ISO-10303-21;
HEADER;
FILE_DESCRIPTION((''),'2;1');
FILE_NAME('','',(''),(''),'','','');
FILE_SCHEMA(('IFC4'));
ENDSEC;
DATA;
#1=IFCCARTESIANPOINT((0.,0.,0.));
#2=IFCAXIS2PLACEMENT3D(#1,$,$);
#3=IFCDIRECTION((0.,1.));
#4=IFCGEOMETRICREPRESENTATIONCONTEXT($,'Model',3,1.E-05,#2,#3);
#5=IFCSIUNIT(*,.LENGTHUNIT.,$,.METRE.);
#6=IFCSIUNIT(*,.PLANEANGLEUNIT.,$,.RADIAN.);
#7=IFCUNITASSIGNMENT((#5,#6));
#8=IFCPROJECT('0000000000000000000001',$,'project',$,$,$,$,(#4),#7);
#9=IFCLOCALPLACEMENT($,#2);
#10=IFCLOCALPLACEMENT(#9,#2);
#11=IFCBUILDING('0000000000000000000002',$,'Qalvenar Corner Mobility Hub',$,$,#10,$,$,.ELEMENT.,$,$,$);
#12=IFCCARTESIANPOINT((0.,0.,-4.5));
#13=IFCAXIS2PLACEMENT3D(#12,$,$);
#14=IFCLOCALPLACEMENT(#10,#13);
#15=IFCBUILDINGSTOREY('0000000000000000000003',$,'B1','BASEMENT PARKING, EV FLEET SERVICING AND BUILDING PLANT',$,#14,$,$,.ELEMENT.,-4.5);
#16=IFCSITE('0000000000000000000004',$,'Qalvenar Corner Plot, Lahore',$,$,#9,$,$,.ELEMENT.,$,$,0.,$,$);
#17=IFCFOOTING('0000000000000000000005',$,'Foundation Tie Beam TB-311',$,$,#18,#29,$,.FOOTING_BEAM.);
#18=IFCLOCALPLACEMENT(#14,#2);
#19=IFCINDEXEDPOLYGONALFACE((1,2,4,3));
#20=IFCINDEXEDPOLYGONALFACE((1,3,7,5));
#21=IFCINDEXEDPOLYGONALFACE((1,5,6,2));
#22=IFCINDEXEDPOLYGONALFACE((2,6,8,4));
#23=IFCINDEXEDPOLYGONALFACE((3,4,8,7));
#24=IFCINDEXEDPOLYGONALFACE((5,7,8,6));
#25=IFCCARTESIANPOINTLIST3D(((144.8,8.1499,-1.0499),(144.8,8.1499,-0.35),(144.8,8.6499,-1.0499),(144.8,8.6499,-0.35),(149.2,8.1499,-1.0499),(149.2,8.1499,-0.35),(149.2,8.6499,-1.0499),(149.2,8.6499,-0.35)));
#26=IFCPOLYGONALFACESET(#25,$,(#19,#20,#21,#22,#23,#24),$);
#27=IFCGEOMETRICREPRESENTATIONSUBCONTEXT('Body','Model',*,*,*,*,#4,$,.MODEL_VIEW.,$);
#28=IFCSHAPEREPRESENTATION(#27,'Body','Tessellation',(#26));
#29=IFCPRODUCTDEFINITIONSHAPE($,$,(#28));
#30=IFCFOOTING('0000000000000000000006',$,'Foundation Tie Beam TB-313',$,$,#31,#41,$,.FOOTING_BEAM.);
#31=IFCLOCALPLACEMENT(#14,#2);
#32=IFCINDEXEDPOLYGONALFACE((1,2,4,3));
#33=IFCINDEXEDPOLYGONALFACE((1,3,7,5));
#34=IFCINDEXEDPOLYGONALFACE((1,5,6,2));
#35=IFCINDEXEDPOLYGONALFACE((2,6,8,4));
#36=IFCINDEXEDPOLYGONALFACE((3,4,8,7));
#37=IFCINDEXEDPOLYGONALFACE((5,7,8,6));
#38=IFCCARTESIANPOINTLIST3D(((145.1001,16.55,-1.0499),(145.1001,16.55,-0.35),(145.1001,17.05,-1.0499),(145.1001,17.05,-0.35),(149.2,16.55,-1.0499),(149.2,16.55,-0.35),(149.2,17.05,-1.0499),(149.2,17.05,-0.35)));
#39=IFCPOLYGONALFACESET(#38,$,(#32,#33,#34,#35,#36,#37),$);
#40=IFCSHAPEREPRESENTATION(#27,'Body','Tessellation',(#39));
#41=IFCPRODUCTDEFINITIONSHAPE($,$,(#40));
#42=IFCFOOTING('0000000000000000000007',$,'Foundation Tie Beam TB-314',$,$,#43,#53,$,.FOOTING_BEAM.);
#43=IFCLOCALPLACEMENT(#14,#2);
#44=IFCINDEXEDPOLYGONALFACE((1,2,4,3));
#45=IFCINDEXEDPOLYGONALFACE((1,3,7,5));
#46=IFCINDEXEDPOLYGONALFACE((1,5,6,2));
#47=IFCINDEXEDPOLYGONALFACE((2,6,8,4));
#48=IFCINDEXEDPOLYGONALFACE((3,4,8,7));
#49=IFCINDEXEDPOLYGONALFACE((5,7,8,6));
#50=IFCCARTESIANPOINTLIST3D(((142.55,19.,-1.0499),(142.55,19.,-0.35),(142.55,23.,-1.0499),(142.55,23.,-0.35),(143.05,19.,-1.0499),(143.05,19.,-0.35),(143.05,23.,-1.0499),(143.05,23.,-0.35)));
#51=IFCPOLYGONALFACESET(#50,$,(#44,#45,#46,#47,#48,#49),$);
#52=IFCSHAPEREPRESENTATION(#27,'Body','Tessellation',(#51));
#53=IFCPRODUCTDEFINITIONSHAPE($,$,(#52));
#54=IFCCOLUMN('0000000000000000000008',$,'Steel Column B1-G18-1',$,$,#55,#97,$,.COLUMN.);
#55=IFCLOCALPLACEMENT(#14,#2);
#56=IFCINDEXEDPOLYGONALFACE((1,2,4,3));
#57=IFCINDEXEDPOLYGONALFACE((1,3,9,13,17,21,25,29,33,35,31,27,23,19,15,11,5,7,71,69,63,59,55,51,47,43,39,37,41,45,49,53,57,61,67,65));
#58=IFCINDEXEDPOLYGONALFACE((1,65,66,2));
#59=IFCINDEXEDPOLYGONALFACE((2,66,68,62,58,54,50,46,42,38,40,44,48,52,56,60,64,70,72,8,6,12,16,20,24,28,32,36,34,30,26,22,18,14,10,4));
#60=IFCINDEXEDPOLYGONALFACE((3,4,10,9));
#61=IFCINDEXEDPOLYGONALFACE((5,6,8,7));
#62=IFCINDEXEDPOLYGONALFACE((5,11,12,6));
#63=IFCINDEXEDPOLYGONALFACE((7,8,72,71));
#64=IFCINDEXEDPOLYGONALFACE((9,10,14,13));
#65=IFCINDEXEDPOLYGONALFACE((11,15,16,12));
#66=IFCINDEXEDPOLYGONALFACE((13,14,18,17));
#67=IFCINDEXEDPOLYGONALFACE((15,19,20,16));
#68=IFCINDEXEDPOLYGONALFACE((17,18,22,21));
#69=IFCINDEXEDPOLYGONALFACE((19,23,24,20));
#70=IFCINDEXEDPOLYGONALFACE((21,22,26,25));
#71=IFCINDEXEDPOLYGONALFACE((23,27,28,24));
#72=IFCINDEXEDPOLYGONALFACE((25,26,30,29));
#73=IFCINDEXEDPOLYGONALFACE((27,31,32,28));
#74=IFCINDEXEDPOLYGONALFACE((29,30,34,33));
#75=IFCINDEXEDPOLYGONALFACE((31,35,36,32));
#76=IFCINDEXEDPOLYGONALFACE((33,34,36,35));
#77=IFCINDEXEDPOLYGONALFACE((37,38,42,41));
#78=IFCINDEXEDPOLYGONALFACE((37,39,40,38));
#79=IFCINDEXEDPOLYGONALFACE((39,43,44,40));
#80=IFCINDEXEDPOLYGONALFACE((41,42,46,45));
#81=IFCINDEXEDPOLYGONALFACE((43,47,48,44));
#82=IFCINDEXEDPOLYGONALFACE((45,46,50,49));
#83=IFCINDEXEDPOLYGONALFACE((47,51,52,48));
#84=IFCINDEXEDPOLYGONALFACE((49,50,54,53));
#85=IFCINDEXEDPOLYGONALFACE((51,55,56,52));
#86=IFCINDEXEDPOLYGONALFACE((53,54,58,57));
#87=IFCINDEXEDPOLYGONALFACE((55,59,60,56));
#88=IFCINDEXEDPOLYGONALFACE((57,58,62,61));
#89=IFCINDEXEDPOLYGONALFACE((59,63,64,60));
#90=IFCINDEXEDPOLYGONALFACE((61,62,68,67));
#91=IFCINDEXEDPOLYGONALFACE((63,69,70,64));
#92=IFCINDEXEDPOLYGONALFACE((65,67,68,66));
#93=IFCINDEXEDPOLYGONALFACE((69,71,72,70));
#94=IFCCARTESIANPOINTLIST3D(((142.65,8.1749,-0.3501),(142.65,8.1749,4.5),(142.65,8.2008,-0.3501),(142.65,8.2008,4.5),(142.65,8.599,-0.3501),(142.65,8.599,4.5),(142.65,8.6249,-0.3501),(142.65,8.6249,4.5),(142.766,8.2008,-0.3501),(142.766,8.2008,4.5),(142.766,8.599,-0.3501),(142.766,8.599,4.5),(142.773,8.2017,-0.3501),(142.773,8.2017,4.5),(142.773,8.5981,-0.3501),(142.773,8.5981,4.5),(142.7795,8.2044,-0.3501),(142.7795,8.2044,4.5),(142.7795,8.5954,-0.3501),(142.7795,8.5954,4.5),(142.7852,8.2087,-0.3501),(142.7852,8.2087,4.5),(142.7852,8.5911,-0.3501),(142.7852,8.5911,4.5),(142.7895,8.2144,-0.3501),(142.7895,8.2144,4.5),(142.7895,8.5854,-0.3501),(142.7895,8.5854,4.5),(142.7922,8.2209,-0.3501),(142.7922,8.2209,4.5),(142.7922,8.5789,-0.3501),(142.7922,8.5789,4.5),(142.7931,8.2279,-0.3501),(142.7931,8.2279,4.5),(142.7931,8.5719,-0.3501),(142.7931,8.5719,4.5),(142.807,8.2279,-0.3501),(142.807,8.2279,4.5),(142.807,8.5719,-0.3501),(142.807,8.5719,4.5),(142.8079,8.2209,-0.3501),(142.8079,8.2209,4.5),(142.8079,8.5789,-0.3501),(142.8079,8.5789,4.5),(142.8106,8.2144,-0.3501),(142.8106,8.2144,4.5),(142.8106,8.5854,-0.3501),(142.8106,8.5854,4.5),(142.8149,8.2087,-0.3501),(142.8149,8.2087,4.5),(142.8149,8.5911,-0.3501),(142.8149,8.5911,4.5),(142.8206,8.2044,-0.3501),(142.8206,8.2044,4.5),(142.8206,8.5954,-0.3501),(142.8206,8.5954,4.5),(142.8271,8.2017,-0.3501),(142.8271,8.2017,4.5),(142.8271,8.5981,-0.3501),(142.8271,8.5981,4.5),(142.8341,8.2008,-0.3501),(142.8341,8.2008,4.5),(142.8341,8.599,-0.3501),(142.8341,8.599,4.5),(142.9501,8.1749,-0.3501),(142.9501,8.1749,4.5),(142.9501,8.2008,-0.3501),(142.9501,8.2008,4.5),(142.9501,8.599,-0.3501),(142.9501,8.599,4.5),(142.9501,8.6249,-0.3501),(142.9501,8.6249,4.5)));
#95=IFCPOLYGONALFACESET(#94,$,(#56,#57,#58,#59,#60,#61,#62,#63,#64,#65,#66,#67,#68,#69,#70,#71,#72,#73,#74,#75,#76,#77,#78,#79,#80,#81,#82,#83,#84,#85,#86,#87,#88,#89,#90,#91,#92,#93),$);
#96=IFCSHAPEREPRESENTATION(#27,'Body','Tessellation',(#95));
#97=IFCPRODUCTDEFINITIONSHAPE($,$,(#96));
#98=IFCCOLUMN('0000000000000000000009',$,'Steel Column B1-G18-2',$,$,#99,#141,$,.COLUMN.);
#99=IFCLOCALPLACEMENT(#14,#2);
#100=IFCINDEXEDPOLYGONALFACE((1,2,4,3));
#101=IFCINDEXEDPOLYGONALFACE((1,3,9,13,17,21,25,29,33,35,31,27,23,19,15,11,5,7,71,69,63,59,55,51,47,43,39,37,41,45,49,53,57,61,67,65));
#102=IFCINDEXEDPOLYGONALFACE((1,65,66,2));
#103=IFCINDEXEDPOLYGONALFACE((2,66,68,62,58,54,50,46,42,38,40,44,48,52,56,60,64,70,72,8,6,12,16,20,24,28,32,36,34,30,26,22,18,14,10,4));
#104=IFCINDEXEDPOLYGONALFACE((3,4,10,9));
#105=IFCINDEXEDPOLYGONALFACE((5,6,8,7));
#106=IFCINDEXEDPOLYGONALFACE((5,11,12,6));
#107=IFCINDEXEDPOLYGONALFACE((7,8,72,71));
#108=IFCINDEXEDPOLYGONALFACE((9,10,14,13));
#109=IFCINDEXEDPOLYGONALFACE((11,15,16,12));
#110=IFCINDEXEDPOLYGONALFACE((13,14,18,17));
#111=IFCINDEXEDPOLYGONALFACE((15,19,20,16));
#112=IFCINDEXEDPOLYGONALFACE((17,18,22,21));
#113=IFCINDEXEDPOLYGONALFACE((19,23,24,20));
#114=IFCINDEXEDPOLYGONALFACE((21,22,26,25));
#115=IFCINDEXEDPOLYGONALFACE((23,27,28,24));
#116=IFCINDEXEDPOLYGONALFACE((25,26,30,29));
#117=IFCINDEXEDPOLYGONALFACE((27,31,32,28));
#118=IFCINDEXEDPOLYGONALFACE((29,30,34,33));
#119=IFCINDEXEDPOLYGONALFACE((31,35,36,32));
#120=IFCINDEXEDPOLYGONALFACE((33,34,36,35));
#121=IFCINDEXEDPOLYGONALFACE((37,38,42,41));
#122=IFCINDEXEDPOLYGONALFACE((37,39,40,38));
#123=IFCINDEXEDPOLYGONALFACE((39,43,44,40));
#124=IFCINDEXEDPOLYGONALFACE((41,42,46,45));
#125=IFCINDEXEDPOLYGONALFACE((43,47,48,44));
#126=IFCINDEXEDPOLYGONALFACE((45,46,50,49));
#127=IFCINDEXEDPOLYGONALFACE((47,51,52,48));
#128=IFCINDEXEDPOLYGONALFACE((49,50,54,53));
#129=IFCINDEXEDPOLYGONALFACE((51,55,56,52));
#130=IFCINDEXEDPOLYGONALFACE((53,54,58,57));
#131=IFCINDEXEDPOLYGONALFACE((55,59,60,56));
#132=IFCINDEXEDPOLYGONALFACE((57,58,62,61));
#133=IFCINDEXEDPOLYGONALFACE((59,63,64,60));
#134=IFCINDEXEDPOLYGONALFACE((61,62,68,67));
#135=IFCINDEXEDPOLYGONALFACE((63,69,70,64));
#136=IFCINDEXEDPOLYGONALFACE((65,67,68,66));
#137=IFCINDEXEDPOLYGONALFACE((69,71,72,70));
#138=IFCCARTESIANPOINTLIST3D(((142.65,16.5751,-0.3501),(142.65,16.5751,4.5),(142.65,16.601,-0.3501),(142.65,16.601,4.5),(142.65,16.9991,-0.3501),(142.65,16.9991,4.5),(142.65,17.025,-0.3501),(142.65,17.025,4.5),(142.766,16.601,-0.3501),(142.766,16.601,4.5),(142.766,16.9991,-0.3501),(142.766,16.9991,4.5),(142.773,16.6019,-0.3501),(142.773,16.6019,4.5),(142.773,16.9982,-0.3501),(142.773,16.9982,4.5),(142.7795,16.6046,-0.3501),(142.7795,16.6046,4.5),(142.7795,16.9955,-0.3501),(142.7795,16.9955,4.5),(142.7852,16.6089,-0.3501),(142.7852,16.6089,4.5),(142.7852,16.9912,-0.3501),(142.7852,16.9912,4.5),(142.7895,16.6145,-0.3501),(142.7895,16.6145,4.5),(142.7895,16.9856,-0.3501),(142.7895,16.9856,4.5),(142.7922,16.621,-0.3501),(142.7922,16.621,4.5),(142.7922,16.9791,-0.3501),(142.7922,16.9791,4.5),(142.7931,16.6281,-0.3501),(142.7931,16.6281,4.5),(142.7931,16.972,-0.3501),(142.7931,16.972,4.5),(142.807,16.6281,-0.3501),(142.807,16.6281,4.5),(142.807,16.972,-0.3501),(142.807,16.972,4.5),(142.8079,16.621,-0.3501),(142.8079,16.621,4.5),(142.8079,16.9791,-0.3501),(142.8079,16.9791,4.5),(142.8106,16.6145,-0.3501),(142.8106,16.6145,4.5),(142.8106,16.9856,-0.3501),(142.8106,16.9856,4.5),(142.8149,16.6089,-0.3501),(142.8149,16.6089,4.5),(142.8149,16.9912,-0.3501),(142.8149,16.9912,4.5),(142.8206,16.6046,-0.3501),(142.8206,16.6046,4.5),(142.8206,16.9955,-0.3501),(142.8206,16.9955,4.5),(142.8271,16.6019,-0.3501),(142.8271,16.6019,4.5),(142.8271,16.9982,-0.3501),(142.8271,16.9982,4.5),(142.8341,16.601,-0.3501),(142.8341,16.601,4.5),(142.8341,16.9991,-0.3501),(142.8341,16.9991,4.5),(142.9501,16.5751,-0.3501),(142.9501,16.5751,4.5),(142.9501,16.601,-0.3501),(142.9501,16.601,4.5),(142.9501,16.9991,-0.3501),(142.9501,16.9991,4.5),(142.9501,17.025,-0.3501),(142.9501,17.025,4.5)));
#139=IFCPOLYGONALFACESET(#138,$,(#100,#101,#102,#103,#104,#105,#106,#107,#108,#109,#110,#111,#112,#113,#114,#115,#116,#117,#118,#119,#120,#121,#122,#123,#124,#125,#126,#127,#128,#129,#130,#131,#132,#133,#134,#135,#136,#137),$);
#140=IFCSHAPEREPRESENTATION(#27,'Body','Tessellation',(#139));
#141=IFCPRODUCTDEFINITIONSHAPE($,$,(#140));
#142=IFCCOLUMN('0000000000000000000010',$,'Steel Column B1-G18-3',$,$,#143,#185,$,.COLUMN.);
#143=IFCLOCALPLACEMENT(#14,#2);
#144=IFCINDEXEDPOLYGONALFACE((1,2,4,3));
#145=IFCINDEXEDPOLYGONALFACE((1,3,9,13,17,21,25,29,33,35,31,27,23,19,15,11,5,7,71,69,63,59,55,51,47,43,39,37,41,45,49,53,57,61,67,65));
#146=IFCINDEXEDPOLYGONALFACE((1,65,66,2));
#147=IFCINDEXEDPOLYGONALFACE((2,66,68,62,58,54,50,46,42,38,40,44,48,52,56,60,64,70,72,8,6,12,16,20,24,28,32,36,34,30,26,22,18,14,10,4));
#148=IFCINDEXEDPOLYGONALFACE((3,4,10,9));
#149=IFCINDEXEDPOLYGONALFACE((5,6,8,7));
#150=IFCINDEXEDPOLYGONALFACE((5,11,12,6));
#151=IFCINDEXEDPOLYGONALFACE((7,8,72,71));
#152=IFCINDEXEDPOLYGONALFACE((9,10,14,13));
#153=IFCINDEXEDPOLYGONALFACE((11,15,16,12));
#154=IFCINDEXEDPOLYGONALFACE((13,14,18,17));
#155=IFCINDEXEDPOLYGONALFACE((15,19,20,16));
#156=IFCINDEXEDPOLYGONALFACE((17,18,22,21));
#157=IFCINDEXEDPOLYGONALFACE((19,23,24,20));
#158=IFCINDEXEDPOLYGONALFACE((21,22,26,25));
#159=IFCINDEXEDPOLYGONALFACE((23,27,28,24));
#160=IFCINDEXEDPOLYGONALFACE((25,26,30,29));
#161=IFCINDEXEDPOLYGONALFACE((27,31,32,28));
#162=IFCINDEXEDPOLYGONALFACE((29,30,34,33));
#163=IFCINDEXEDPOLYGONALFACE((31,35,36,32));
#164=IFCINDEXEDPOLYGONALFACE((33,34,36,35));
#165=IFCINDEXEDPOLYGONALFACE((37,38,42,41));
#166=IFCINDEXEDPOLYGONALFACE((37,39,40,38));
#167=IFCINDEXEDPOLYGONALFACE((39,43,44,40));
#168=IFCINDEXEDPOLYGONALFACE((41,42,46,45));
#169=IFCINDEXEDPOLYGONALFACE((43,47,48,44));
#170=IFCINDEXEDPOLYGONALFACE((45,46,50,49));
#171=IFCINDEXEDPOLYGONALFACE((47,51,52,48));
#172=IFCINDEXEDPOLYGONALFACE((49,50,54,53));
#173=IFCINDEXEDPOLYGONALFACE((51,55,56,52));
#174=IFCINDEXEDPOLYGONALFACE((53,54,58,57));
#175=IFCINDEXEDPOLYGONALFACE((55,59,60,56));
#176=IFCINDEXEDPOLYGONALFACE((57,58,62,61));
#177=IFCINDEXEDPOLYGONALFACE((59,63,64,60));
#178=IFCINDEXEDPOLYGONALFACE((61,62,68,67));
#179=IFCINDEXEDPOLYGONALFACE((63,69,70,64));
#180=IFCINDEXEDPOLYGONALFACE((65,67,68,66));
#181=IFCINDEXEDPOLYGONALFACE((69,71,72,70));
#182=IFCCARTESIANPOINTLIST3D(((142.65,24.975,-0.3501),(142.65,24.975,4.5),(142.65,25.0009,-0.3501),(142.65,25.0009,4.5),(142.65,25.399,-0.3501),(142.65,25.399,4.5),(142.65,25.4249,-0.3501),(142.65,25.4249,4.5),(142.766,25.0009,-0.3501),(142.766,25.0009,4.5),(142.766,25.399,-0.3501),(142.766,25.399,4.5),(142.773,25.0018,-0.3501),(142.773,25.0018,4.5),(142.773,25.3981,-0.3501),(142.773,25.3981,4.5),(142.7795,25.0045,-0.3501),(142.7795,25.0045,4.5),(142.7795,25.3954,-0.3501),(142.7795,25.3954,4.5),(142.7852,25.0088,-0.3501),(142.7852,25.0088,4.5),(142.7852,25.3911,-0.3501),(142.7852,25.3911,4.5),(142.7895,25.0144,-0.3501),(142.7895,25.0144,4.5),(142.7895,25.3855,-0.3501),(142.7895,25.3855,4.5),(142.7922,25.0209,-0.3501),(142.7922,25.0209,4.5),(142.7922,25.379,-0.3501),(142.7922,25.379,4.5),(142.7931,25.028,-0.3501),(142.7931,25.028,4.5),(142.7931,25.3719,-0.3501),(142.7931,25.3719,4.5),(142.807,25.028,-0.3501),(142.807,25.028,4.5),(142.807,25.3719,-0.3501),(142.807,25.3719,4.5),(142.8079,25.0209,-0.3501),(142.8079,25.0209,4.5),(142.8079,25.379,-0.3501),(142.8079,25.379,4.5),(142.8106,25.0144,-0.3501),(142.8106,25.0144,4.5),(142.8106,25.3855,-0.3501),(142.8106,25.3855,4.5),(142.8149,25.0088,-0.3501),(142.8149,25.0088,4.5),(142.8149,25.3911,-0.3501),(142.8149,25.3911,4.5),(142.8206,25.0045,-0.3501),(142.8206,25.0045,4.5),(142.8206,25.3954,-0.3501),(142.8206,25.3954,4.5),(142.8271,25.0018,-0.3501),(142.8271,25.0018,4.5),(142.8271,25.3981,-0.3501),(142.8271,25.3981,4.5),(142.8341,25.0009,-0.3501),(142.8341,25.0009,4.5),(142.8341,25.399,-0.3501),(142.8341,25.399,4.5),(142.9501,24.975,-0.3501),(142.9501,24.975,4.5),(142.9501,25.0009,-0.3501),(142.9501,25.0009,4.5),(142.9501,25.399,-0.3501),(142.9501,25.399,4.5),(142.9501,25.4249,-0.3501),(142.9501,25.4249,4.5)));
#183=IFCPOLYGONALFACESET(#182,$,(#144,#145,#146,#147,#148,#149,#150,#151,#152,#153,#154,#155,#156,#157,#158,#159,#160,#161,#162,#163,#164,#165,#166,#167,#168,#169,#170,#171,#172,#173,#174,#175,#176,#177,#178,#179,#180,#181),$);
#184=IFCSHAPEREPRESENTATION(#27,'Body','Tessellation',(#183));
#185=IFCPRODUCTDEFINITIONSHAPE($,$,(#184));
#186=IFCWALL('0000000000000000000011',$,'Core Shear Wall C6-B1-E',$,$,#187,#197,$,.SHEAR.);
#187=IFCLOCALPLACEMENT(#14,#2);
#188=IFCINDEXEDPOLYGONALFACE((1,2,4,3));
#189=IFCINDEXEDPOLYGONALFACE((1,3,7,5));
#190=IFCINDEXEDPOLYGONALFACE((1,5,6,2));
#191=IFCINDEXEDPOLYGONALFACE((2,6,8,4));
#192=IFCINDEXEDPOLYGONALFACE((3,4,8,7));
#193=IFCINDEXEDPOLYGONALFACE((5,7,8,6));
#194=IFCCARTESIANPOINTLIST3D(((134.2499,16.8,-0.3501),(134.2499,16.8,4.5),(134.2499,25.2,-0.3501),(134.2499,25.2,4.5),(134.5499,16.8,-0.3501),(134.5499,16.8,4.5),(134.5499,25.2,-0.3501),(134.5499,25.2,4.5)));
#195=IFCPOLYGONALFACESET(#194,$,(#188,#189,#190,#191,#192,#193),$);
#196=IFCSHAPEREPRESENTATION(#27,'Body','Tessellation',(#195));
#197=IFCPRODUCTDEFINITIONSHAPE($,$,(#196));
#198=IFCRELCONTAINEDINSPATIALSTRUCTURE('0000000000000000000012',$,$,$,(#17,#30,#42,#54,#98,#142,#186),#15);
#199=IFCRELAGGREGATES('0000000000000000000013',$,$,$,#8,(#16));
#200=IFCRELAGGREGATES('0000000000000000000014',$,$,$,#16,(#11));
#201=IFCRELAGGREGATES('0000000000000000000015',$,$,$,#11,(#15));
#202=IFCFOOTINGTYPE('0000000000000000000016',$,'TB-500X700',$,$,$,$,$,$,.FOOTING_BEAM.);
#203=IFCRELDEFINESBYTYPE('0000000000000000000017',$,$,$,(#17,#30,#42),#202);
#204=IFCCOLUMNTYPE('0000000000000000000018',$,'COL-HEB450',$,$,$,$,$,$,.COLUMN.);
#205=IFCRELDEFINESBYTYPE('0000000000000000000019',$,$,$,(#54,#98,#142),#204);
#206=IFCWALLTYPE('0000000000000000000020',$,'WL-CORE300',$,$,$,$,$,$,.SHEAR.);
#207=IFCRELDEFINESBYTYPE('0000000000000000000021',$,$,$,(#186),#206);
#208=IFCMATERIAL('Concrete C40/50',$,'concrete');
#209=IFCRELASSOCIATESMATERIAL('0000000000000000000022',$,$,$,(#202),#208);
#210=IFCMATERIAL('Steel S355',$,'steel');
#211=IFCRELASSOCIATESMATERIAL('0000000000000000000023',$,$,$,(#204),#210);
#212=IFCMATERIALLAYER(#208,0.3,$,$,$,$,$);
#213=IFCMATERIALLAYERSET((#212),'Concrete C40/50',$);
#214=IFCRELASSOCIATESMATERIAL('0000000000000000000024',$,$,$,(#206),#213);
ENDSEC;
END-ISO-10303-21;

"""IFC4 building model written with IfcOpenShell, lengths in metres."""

from ifc_helpers import new_model, si_unit, direction, frame, frame_2d, origin, origin_2d, place, context, subcontext, project, spatial, rectangle, i_section, extrude, material, layer, layer_set, material_profile, profile_set, type_object, element, save


model = new_model("IFC4")

# Units and contexts
model_context = context("Model", 3, precision=1e-05, world=origin(), true_north=direction((0.0, 1.0)))
body_context = subcontext(model_context, "Body", "Model", "MODEL_VIEW")
ifc_project = project(units=[si_unit("LENGTHUNIT", "METRE"), si_unit("PLANEANGLEUNIT", "RADIAN")], contexts=[model_context])

# Site, building, storey
site_placement = place(None, origin())
site = spatial("IfcSite", under=ifc_project, at=site_placement, Name="Qalvenar Corner Plot, Lahore", CompositionType="ELEMENT", RefElevation=0.0)
building_placement = place(site_placement, origin())
building = spatial("IfcBuilding", under=site, at=building_placement, Name="Qalvenar Corner Mobility Hub", CompositionType="ELEMENT")
storey_placement = place(building_placement, frame((0.0, 0.0, -4.5)))
storey = spatial("IfcBuildingStorey", under=building, at=storey_placement, Name="B1", Description="BASEMENT PARKING, EV FLEET SERVICING AND BUILDING PLANT", CompositionType="ELEMENT", Elevation=-4.5)

# Shared definitions
ifc_material_1 = material(Name="Concrete C40/50", Category="concrete")

# Footings
ifc_material_profile_1 = material_profile(ifc_material_1, rectangle(XDim=0.5, YDim=0.7, at=origin_2d()), Name="RC500x700")
ifc_profile_set_1 = profile_set([ifc_material_profile_1], Name="Concrete C40/50")
footing_type_1 = type_object("IfcFootingType", Name="TB-500X700", PredefinedType="FOOTING_BEAM", material=ifc_profile_set_1)
footing_1_placement = place(storey_placement, frame((144.8, 8.3999, -0.7), z_axis=(1.0, 0.0, 0.0), x_axis=(0.0, 1.0, 0.0)))
element("IfcFooting", 1, at=footing_1_placement, inside=storey, type_object=footing_type_1, Name="Foundation Tie Beam TB-311", PredefinedType="FOOTING_BEAM", context=body_context, shape_type="SweptSolid", body=[
    extrude(rectangle(XDim=0.5, YDim=0.7, at=origin_2d()), origin(), (0.0, 0.0, 1.0), 4.3999),
])
footing_2_placement = place(storey_placement, frame((145.1001, 16.8, -0.7), z_axis=(1.0, 0.0, 0.0), x_axis=(0.0, 1.0, 0.0)))
element("IfcFooting", 2, at=footing_2_placement, inside=storey, type_object=footing_type_1, Name="Foundation Tie Beam TB-313", PredefinedType="FOOTING_BEAM", context=body_context, shape_type="SweptSolid", body=[
    extrude(rectangle(XDim=0.5, YDim=0.7, at=origin_2d()), origin(), (0.0, 0.0, 1.0), 4.0999),
])
footing_3_placement = place(storey_placement, frame((142.8, 19.0, -0.7), z_axis=(0.0, 1.0, 0.0), x_axis=(-1.0, 0.0, 0.0)))
element("IfcFooting", 3, at=footing_3_placement, inside=storey, type_object=footing_type_1, Name="Foundation Tie Beam TB-314", PredefinedType="FOOTING_BEAM", context=body_context, shape_type="SweptSolid", body=[
    extrude(rectangle(XDim=0.5, YDim=0.7, at=origin_2d()), origin(), (0.0, 0.0, 1.0), 4.0),
])

# Columns
ifc_material_2 = material(Name="Steel S355", Category="steel")
ifc_material_profile_2 = material_profile(ifc_material_2, i_section(OverallWidth=0.3, OverallDepth=0.45, WebThickness=0.0139, FlangeThickness=0.0259, FilletRadius=0.0271, at=origin_2d()), Name="HEB450")
ifc_profile_set_2 = profile_set([ifc_material_profile_2], Name="Steel S355")
column_type = type_object("IfcColumnType", Name="COL-HEB450", PredefinedType="COLUMN", material=ifc_profile_set_2)
for number, where, z_axis, x_axis, name in (
    (4, (142.8, 8.3999, -0.3501), (0.0, 0.0, 1.0), (1.0, 0.0, 0.0), "Steel Column B1-G18-1"),
    (5, (142.8, 16.8, -0.3501), (0.0, 0.0, 1.0), (1.0, 0.0, 0.0), "Steel Column B1-G18-2"),
    (6, (142.8, 25.2, -0.3501), (0.0, 0.0, 1.0), (1.0, 0.0, 0.0), "Steel Column B1-G18-3"),
):
    element("IfcColumn", number, at=place(storey_placement, frame(where, z_axis=z_axis, x_axis=x_axis)), inside=storey, type_object=column_type, Name=name, PredefinedType="COLUMN", context=body_context, shape_type="SweptSolid", body=[
        extrude(i_section(OverallWidth=0.3, OverallDepth=0.45, WebThickness=0.0139, FlangeThickness=0.0259, FilletRadius=0.0271, at=origin_2d()), origin(), (0.0, 0.0, 1.0), 4.8501),
    ])

# Wall
ifc_layer_1 = layer(ifc_material_1, 0.3)
ifc_layer_set_1 = layer_set([ifc_layer_1], Name="Concrete C40/50")
wall_type_1 = type_object("IfcWallType", Name="WL-CORE300", PredefinedType="SHEAR", material=ifc_layer_set_1)
for number, where, z_axis, x_axis, name in (
    (7, (134.3999, 16.8, -0.3501), (0.0, 0.0, 1.0), (0.0, 1.0, 0.0), "Core Shear Wall C6-B1-E"),
):
    element("IfcWall", number, at=place(storey_placement, frame(where, z_axis=z_axis, x_axis=x_axis)), inside=storey, type_object=wall_type_1, Name=name, PredefinedType="SHEAR", context=body_context, shape_type="SweptSolid", body=[
        extrude(rectangle(XDim=8.3999, YDim=0.3, at=frame_2d((4.2, 0.0))), origin(), (0.0, 0.0, 1.0), 4.8501),
    ])

save(model, "model.ifc")
